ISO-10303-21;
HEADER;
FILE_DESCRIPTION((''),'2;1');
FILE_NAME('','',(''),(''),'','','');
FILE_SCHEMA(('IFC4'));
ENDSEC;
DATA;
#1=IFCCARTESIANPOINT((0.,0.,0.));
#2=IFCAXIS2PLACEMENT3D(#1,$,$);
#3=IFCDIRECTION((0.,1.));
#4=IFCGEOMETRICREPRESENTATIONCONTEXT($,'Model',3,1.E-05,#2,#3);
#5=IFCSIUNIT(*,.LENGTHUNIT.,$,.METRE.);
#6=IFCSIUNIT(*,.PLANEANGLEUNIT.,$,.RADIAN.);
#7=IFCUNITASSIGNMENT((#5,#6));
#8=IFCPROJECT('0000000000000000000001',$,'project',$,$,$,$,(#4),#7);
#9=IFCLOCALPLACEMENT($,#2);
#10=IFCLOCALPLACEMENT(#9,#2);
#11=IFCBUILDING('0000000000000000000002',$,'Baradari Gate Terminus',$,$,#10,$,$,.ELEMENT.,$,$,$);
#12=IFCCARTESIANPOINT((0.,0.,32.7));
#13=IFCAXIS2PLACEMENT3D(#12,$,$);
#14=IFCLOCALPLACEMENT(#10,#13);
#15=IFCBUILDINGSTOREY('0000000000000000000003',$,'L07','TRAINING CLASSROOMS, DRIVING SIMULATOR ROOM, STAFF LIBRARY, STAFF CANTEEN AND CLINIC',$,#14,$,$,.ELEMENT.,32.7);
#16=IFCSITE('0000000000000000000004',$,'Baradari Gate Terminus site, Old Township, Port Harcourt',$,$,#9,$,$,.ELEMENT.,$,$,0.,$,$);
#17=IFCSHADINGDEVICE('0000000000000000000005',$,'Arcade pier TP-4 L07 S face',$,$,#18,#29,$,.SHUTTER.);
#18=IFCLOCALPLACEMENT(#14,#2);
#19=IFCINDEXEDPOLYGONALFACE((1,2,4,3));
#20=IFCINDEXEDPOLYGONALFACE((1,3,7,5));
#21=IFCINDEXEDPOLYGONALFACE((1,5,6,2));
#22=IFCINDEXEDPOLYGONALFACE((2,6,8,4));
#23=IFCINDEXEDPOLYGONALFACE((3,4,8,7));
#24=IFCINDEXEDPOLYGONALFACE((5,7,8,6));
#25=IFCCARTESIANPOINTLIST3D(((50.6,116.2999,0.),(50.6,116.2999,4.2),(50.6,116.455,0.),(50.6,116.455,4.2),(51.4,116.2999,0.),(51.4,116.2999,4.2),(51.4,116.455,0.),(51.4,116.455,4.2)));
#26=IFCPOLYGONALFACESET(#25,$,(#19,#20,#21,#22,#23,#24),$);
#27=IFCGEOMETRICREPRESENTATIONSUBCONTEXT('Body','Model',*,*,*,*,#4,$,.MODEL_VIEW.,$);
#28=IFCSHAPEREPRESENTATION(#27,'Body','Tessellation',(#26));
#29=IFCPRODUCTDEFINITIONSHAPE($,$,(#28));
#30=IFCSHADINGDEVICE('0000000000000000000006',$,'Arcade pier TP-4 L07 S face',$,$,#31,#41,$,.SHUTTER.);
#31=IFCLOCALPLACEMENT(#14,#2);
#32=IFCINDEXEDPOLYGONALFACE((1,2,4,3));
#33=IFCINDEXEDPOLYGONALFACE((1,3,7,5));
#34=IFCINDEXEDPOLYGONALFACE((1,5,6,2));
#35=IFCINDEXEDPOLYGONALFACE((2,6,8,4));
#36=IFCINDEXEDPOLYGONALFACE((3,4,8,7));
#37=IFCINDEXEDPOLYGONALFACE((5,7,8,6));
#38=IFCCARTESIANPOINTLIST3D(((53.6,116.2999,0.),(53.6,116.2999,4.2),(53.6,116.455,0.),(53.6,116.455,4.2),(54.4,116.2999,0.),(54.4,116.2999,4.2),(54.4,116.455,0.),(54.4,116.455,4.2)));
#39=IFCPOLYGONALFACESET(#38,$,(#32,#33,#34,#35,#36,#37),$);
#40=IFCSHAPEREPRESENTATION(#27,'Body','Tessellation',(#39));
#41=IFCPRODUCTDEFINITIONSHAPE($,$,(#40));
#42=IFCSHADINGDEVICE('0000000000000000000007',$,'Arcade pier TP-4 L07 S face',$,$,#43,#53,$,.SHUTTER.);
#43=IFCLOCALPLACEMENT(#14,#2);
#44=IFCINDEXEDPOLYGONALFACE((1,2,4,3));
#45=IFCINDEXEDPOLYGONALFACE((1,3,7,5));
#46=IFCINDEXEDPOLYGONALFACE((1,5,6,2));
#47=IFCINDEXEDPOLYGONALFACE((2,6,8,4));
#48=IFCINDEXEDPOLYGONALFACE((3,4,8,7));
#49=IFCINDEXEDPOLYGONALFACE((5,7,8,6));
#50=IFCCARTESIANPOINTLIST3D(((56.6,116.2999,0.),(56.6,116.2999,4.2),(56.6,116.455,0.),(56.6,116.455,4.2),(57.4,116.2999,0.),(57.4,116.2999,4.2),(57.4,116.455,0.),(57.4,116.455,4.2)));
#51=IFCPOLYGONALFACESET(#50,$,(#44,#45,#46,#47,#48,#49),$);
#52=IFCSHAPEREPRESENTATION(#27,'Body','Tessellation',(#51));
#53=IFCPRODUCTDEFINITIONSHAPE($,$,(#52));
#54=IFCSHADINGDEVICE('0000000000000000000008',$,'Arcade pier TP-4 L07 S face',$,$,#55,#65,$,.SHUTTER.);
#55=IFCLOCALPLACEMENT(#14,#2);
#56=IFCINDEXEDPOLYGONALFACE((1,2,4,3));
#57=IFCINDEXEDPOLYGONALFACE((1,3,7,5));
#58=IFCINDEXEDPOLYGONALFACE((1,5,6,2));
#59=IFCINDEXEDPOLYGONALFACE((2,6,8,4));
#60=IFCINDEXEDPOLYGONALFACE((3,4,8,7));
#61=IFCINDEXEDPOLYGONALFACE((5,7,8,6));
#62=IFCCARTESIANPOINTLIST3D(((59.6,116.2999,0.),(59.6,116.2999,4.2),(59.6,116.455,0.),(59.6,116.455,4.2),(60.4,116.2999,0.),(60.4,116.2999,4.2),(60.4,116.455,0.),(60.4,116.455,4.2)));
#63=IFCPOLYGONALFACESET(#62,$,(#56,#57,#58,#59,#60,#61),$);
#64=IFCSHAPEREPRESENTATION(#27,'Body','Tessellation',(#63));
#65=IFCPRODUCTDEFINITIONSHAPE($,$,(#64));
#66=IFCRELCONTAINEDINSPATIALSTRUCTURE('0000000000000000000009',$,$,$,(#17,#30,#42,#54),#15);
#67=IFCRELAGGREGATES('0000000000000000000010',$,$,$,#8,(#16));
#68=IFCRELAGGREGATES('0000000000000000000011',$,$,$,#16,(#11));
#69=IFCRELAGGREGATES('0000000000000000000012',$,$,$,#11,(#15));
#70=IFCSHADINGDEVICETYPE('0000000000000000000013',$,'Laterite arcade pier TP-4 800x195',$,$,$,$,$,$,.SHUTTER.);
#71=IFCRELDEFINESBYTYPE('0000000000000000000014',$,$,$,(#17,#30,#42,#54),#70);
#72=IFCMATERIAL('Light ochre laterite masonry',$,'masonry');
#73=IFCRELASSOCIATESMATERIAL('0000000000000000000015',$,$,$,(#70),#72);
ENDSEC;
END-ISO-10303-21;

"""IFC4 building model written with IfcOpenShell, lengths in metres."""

from ifc_helpers import new_model, si_unit, direction, frame, origin, origin_2d, place, context, subcontext, project, spatial, rectangle, extrude, material, type_object, element, save


model = new_model("IFC4")

# Units and contexts
model_context = context("Model", 3, precision=1e-05, world=origin(), true_north=direction((0.0, 1.0)))
body_context = subcontext(model_context, "Body", "Model", "MODEL_VIEW")
ifc_project = project(units=[si_unit("LENGTHUNIT", "METRE"), si_unit("PLANEANGLEUNIT", "RADIAN")], contexts=[model_context])

# Site, building, storey
site_placement = place(None, origin())
site = spatial("IfcSite", under=ifc_project, at=site_placement, Name="Baradari Gate Terminus site, Old Township, Port Harcourt", CompositionType="ELEMENT", RefElevation=0.0)
building_placement = place(site_placement, origin())
building = spatial("IfcBuilding", under=site, at=building_placement, Name="Baradari Gate Terminus", CompositionType="ELEMENT")
storey_placement = place(building_placement, frame((0.0, 0.0, 32.7)))
storey = spatial("IfcBuildingStorey", under=building, at=storey_placement, Name="L07", Description="TRAINING CLASSROOMS, DRIVING SIMULATOR ROOM, STAFF LIBRARY, STAFF CANTEEN AND CLINIC", CompositionType="ELEMENT", Elevation=32.7)

# Shading devices
ifc_material_1 = material(Name="Light ochre laterite masonry", Category="masonry")
shading_device_type = type_object("IfcShadingDeviceType", Name="Laterite arcade pier TP-4 800x195", PredefinedType="SHUTTER", material=ifc_material_1)
for number, where, z_axis, x_axis, name in (
    (1, (51.0, 116.3774, 0.0), (0.0, 0.0, 1.0), (1.0, 0.0, 0.0), "Arcade pier TP-4 L07 S face"),
    (2, (54.0, 116.3774, 0.0), (0.0, 0.0, 1.0), (1.0, 0.0, 0.0), "Arcade pier TP-4 L07 S face"),
    (3, (57.0, 116.3774, 0.0), (0.0, 0.0, 1.0), (1.0, 0.0, 0.0), "Arcade pier TP-4 L07 S face"),
    (4, (60.0, 116.3774, 0.0), (0.0, 0.0, 1.0), (1.0, 0.0, 0.0), "Arcade pier TP-4 L07 S face"),
):
    element("IfcShadingDevice", number, at=place(storey_placement, frame(where, z_axis=z_axis, x_axis=x_axis)), inside=storey, type_object=shading_device_type, Name=name, PredefinedType="SHUTTER", context=body_context, shape_type="SweptSolid", body=[
        extrude(rectangle(XDim=0.8, YDim=0.155, at=origin_2d()), origin(), (0.0, 0.0, 1.0), 4.2),
    ])

save(model, "model.ifc")
